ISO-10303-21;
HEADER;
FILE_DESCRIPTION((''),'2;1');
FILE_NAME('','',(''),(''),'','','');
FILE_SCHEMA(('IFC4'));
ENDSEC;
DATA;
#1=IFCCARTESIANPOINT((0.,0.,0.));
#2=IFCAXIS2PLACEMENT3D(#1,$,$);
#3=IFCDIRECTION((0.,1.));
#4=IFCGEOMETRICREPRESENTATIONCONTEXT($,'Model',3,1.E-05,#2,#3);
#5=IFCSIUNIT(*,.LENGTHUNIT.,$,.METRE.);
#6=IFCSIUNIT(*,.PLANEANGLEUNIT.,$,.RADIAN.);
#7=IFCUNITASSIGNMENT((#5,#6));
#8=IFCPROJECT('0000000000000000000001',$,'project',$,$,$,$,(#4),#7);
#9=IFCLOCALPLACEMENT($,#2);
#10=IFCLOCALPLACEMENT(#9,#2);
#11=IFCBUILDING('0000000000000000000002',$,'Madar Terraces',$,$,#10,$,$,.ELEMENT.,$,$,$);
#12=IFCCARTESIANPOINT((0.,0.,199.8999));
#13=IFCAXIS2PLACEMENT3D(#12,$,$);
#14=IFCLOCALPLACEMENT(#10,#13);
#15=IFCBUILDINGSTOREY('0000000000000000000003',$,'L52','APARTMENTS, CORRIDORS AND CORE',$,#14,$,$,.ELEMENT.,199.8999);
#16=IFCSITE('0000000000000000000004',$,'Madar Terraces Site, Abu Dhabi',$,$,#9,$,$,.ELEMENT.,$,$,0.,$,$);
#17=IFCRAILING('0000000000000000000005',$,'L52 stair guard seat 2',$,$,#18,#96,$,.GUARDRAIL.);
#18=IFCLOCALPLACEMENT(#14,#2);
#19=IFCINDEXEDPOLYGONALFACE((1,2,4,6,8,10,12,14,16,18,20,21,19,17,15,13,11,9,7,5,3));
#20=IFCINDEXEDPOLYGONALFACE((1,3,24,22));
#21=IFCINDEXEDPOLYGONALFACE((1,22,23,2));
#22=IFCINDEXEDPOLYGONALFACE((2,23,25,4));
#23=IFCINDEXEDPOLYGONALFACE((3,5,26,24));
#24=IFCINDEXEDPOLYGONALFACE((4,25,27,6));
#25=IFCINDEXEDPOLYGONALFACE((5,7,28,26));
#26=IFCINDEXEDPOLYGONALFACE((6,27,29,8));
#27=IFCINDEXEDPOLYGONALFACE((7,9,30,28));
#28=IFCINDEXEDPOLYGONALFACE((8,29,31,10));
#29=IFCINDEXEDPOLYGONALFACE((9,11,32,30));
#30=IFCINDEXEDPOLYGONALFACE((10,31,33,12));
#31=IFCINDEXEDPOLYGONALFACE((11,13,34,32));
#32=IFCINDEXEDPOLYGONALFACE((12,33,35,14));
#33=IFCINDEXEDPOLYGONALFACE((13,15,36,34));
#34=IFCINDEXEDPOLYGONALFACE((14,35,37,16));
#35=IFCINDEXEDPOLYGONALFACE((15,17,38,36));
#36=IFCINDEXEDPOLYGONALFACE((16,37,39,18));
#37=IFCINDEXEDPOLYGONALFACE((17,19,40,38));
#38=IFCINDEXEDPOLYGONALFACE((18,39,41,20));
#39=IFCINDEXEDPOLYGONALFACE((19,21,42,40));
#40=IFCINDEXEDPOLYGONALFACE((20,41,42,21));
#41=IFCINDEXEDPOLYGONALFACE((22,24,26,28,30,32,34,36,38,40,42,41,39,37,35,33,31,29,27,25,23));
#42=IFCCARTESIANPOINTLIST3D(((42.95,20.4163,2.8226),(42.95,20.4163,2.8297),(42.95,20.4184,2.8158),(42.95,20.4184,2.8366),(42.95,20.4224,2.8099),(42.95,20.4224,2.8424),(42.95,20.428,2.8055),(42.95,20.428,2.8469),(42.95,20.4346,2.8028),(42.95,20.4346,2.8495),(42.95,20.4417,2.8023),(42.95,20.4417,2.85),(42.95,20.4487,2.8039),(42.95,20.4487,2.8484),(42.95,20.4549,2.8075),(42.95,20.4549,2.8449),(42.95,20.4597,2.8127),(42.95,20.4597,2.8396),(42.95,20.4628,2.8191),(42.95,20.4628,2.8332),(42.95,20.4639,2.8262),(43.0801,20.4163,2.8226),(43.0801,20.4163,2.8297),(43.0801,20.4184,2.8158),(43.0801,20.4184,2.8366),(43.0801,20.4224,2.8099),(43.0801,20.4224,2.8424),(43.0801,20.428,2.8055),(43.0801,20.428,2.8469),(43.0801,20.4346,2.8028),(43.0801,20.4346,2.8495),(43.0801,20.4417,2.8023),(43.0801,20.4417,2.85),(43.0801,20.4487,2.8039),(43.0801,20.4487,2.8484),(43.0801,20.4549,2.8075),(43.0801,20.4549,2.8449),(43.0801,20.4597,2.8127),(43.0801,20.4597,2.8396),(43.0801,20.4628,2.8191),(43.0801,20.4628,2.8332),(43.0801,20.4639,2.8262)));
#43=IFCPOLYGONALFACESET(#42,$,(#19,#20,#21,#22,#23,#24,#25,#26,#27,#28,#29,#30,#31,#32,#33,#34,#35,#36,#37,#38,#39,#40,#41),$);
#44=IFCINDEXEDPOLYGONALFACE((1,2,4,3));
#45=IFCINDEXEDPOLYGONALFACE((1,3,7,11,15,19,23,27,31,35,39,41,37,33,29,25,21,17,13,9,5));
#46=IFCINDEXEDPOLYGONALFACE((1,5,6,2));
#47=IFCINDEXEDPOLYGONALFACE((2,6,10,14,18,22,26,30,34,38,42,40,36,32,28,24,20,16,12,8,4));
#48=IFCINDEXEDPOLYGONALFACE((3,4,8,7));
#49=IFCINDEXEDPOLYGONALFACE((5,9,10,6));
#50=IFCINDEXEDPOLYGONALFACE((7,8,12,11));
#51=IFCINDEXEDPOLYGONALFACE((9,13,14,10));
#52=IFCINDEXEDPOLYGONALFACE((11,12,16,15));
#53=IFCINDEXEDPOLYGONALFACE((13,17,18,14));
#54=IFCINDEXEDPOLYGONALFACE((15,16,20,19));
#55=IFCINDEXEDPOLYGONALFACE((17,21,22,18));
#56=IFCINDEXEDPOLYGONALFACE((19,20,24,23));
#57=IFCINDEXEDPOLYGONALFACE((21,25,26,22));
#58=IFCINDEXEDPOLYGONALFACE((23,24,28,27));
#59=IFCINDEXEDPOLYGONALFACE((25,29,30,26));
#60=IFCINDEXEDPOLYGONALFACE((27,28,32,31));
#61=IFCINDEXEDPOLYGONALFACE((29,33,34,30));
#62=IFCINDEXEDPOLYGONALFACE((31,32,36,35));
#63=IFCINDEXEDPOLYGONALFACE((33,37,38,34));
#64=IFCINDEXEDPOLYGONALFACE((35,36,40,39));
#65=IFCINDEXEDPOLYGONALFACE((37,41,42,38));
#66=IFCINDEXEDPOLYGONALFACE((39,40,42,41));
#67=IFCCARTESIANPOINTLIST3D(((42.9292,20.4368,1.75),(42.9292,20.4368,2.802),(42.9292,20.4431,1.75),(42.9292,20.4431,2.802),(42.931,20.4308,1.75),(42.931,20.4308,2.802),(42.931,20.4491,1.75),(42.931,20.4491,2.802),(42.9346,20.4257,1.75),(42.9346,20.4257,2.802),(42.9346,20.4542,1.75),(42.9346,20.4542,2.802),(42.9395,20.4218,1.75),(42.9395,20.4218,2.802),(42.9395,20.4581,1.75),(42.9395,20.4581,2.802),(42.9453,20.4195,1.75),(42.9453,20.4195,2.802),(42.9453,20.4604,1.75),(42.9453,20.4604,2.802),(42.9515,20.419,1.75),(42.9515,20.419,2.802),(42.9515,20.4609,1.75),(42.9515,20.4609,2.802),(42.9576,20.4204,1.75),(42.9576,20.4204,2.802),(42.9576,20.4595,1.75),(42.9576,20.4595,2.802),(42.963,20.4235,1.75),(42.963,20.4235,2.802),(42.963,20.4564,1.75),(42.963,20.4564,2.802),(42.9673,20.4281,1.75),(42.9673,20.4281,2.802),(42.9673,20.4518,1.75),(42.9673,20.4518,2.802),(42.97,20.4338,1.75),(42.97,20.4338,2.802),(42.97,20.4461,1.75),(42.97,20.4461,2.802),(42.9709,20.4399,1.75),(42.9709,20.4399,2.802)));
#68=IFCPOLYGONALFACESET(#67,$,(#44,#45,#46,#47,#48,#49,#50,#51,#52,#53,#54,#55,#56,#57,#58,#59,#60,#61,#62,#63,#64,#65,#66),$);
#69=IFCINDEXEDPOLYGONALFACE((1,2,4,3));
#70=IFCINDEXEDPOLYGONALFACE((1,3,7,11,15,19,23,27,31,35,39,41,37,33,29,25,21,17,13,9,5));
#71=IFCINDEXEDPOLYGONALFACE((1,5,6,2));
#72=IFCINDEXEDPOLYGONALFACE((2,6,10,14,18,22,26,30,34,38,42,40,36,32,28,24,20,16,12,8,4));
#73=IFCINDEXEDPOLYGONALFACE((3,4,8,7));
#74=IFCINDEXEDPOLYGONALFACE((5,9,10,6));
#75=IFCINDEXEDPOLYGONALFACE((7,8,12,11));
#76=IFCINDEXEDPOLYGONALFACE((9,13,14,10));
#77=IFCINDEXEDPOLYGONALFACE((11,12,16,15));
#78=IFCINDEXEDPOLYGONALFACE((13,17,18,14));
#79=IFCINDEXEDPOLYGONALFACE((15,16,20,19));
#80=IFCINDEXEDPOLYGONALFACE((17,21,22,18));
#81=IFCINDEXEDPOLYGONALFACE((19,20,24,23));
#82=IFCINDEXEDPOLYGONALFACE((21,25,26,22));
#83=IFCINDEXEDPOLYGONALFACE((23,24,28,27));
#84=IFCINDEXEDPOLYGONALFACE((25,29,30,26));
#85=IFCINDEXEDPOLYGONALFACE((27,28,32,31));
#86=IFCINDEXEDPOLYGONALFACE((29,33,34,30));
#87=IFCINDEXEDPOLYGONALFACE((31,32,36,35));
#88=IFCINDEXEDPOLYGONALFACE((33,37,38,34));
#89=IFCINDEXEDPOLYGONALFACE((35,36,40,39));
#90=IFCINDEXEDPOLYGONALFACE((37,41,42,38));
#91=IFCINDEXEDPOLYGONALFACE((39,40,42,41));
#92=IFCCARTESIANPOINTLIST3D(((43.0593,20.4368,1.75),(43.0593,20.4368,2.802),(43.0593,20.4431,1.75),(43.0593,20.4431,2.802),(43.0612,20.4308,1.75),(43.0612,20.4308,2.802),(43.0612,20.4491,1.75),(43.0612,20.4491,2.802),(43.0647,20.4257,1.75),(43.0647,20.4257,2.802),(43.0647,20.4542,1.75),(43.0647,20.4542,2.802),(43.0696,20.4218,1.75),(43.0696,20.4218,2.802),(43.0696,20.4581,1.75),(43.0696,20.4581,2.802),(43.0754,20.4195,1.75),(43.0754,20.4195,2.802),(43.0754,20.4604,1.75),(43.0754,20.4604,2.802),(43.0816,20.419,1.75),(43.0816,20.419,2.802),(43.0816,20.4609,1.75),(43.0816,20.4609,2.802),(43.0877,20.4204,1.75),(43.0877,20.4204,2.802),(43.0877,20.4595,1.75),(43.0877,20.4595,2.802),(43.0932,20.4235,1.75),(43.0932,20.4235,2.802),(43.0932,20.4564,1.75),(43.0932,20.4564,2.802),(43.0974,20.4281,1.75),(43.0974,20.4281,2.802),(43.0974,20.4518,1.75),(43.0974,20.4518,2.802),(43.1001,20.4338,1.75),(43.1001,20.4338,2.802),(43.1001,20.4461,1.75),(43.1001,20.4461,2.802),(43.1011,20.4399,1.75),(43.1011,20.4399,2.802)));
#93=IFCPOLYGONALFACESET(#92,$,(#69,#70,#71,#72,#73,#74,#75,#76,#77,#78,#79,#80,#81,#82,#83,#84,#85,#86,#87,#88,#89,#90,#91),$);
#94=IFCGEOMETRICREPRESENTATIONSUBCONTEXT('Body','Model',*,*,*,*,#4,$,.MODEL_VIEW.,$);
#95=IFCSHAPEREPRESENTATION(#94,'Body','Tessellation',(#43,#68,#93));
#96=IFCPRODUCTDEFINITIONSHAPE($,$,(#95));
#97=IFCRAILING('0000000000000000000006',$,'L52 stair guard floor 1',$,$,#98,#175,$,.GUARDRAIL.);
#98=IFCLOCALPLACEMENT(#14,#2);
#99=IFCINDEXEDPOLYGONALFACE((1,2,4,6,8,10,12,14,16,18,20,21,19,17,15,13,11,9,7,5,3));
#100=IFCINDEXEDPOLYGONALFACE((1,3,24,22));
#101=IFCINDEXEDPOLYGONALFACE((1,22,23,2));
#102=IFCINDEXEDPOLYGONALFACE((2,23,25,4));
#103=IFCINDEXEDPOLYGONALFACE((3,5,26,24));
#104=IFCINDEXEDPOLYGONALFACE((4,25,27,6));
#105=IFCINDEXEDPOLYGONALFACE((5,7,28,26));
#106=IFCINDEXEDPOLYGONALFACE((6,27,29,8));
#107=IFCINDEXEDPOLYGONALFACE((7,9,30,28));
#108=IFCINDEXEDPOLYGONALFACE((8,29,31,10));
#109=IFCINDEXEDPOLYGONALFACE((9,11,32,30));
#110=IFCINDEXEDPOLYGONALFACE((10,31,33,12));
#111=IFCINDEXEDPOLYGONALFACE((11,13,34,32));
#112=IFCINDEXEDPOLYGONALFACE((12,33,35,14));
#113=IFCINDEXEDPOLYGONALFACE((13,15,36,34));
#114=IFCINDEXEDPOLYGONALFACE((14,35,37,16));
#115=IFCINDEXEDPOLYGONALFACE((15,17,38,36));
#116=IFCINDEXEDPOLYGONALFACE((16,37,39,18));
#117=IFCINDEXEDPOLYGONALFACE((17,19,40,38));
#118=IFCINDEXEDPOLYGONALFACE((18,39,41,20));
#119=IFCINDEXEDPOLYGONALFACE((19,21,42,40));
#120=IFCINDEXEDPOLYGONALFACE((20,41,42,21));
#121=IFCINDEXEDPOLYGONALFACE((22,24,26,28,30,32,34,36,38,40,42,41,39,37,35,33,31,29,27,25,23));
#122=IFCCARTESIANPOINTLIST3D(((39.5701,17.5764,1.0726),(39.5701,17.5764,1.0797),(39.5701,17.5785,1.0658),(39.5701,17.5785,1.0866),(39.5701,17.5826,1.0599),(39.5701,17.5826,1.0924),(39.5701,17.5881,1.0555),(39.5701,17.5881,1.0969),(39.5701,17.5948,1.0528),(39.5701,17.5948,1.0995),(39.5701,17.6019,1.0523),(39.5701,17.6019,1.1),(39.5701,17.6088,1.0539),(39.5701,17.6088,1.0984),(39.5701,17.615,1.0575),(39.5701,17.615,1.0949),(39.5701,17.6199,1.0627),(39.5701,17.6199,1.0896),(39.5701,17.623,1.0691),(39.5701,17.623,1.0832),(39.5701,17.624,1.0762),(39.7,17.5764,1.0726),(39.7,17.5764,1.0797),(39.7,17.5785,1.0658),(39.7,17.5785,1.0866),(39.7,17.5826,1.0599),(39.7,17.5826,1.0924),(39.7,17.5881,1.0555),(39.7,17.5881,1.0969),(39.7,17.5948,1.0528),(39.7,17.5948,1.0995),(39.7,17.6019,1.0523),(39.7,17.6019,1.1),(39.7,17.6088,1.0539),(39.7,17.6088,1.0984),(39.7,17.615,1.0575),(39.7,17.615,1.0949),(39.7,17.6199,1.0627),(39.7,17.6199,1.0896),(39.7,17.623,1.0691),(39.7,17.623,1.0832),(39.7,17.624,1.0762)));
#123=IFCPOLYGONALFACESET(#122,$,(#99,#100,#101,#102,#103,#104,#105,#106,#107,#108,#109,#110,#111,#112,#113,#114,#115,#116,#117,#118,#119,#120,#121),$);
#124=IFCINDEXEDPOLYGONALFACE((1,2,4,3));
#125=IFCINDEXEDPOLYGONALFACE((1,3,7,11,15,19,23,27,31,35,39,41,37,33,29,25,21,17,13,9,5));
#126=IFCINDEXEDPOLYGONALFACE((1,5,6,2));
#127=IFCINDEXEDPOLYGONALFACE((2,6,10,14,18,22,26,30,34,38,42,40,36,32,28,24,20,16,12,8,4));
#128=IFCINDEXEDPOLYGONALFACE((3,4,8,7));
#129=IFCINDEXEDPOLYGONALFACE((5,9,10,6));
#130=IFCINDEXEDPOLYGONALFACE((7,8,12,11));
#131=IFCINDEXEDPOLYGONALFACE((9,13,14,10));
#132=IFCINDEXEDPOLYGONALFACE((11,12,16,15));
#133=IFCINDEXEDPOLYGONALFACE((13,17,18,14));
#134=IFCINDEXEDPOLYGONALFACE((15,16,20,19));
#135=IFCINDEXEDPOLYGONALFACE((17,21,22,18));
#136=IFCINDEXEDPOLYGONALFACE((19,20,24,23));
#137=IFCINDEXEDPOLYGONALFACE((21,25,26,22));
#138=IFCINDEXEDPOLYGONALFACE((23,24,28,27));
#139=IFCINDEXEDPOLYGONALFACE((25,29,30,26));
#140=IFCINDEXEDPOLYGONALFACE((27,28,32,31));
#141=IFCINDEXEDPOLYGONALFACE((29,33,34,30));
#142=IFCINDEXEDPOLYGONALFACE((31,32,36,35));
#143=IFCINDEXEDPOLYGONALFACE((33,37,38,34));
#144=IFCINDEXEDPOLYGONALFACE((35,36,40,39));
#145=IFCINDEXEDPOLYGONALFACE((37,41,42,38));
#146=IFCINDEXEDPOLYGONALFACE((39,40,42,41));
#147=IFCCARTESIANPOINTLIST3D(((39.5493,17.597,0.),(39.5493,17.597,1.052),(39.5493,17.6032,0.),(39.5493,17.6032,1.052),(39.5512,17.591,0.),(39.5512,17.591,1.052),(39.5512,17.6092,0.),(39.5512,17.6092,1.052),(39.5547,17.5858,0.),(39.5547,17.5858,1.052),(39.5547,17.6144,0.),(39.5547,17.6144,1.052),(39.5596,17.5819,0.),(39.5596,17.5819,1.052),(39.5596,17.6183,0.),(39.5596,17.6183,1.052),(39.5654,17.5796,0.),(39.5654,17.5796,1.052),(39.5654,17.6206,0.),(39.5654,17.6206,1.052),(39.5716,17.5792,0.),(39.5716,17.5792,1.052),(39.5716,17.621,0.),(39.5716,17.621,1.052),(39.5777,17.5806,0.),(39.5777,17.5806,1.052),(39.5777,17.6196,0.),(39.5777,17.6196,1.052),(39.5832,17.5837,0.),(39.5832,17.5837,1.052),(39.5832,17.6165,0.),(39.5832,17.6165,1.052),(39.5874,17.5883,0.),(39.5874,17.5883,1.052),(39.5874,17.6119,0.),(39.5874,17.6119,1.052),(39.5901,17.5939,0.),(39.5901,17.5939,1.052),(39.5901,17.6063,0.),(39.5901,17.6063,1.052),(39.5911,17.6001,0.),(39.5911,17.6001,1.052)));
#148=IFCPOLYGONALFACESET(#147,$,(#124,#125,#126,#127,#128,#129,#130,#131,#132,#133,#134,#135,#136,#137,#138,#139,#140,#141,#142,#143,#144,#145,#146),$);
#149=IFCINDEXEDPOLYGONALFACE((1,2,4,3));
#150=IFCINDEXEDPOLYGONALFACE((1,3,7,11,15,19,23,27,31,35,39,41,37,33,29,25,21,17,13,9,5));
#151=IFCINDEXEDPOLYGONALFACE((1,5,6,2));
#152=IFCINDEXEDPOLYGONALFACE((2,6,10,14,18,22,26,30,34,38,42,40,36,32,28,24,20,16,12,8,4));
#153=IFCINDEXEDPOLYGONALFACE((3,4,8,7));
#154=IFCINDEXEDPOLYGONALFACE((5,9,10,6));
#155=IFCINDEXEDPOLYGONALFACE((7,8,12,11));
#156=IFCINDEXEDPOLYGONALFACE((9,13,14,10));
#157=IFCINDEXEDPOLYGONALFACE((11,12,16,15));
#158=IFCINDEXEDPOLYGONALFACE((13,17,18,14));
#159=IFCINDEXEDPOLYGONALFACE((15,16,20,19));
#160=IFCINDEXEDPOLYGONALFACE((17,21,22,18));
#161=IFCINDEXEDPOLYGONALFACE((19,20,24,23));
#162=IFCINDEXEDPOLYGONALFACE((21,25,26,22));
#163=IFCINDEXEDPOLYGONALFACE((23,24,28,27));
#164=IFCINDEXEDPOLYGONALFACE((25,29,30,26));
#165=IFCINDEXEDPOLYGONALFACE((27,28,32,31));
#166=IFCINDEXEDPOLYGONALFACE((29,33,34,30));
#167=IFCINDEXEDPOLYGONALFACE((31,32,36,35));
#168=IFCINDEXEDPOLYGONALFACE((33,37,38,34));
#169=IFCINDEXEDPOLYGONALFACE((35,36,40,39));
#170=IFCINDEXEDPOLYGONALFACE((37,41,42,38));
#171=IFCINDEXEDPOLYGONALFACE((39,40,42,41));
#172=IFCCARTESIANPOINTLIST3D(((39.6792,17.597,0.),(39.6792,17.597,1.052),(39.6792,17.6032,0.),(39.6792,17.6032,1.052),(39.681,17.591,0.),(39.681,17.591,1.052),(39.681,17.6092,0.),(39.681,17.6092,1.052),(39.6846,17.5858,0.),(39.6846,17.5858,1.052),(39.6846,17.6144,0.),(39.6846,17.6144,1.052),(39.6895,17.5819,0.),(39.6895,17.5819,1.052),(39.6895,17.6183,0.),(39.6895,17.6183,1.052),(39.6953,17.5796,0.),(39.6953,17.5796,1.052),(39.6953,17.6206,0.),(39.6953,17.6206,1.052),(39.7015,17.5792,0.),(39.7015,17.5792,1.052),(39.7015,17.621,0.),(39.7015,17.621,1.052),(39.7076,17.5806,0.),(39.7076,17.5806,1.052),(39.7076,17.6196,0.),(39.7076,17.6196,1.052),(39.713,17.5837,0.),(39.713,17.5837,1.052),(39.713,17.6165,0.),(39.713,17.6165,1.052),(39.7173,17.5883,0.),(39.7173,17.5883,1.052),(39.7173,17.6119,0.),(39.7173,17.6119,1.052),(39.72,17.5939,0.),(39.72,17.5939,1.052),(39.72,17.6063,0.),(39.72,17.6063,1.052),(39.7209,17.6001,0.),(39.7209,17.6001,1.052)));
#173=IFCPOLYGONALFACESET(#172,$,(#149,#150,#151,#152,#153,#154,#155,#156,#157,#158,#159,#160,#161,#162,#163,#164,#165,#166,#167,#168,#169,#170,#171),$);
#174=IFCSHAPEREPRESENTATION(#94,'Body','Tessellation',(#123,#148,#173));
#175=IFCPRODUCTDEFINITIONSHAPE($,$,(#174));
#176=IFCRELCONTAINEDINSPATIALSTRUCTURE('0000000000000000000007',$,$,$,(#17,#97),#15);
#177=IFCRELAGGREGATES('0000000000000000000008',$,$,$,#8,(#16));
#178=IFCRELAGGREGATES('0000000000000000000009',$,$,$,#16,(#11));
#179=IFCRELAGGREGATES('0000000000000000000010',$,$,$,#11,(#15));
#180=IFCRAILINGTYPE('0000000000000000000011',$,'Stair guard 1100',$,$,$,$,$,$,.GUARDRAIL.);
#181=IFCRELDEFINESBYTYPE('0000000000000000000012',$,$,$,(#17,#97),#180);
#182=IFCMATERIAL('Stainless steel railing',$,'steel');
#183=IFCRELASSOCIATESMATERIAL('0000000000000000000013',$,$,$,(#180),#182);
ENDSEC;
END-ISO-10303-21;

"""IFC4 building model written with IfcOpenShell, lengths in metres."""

from ifc_helpers import new_model, si_unit, direction, frame, origin, origin_2d, place, context, subcontext, project, spatial, circle, extrude, material, type_object, element, save


model = new_model("IFC4")

# Units and contexts
model_context = context("Model", 3, precision=1e-05, world=origin(), true_north=direction((0.0, 1.0)))
body_context = subcontext(model_context, "Body", "Model", "MODEL_VIEW")
ifc_project = project(units=[si_unit("LENGTHUNIT", "METRE"), si_unit("PLANEANGLEUNIT", "RADIAN")], contexts=[model_context])

# Site, building, storey
site_placement = place(None, origin())
site = spatial("IfcSite", under=ifc_project, at=site_placement, Name="Madar Terraces Site, Abu Dhabi", CompositionType="ELEMENT", RefElevation=0.0)
building_placement = place(site_placement, origin())
building = spatial("IfcBuilding", under=site, at=building_placement, Name="Madar Terraces", CompositionType="ELEMENT")
storey_placement = place(building_placement, frame((0.0, 0.0, 199.8999)))
storey = spatial("IfcBuildingStorey", under=building, at=storey_placement, Name="L52", Description="APARTMENTS, CORRIDORS AND CORE", CompositionType="ELEMENT", Elevation=199.8999)

# Railings
ifc_material_1 = material(Name="Stainless steel railing", Category="steel")
railing_type_1 = type_object("IfcRailingType", Name="Stair guard 1100", PredefinedType="GUARDRAIL", material=ifc_material_1)
railing_1_placement = place(storey_placement, frame((42.95, 20.4399, 1.75)))
element("IfcRailing", 1, at=railing_1_placement, inside=storey, type_object=railing_type_1, Name="L52 stair guard seat 2", PredefinedType="GUARDRAIL", context=body_context, shape_type="SweptSolid", body=[
    extrude(circle(Radius=0.0239, at=origin_2d()), frame((0.0, 0.0, 1.0762), z_axis=(1.0, 0.0, 0.0), x_axis=(0.0, 1.0, 0.0)), (0.0, 0.0, 1.0), 0.1301),
    extrude(circle(Radius=0.021, at=origin_2d()), origin(), (0.0, 0.0, 1.0), 1.052),
    extrude(circle(Radius=0.021, at=origin_2d()), frame((0.1301, 0.0, 0.0)), (0.0, 0.0, 1.0), 1.052),
])
railing_2_placement = place(storey_placement, frame((39.5701, 17.6001, 0.0)))
element("IfcRailing", 2, at=railing_2_placement, inside=storey, type_object=railing_type_1, Name="L52 stair guard floor 1", PredefinedType="GUARDRAIL", context=body_context, shape_type="SweptSolid", body=[
    extrude(circle(Radius=0.0239, at=origin_2d()), frame((0.0, 0.0, 1.0762), z_axis=(1.0, 0.0, 0.0), x_axis=(0.0, 1.0, 0.0)), (0.0, 0.0, 1.0), 0.1299),
    extrude(circle(Radius=0.021, at=origin_2d()), origin(), (0.0, 0.0, 1.0), 1.052),
    extrude(circle(Radius=0.021, at=origin_2d()), frame((0.1299, 0.0, 0.0)), (0.0, 0.0, 1.0), 1.052),
])

save(model, "model.ifc")
